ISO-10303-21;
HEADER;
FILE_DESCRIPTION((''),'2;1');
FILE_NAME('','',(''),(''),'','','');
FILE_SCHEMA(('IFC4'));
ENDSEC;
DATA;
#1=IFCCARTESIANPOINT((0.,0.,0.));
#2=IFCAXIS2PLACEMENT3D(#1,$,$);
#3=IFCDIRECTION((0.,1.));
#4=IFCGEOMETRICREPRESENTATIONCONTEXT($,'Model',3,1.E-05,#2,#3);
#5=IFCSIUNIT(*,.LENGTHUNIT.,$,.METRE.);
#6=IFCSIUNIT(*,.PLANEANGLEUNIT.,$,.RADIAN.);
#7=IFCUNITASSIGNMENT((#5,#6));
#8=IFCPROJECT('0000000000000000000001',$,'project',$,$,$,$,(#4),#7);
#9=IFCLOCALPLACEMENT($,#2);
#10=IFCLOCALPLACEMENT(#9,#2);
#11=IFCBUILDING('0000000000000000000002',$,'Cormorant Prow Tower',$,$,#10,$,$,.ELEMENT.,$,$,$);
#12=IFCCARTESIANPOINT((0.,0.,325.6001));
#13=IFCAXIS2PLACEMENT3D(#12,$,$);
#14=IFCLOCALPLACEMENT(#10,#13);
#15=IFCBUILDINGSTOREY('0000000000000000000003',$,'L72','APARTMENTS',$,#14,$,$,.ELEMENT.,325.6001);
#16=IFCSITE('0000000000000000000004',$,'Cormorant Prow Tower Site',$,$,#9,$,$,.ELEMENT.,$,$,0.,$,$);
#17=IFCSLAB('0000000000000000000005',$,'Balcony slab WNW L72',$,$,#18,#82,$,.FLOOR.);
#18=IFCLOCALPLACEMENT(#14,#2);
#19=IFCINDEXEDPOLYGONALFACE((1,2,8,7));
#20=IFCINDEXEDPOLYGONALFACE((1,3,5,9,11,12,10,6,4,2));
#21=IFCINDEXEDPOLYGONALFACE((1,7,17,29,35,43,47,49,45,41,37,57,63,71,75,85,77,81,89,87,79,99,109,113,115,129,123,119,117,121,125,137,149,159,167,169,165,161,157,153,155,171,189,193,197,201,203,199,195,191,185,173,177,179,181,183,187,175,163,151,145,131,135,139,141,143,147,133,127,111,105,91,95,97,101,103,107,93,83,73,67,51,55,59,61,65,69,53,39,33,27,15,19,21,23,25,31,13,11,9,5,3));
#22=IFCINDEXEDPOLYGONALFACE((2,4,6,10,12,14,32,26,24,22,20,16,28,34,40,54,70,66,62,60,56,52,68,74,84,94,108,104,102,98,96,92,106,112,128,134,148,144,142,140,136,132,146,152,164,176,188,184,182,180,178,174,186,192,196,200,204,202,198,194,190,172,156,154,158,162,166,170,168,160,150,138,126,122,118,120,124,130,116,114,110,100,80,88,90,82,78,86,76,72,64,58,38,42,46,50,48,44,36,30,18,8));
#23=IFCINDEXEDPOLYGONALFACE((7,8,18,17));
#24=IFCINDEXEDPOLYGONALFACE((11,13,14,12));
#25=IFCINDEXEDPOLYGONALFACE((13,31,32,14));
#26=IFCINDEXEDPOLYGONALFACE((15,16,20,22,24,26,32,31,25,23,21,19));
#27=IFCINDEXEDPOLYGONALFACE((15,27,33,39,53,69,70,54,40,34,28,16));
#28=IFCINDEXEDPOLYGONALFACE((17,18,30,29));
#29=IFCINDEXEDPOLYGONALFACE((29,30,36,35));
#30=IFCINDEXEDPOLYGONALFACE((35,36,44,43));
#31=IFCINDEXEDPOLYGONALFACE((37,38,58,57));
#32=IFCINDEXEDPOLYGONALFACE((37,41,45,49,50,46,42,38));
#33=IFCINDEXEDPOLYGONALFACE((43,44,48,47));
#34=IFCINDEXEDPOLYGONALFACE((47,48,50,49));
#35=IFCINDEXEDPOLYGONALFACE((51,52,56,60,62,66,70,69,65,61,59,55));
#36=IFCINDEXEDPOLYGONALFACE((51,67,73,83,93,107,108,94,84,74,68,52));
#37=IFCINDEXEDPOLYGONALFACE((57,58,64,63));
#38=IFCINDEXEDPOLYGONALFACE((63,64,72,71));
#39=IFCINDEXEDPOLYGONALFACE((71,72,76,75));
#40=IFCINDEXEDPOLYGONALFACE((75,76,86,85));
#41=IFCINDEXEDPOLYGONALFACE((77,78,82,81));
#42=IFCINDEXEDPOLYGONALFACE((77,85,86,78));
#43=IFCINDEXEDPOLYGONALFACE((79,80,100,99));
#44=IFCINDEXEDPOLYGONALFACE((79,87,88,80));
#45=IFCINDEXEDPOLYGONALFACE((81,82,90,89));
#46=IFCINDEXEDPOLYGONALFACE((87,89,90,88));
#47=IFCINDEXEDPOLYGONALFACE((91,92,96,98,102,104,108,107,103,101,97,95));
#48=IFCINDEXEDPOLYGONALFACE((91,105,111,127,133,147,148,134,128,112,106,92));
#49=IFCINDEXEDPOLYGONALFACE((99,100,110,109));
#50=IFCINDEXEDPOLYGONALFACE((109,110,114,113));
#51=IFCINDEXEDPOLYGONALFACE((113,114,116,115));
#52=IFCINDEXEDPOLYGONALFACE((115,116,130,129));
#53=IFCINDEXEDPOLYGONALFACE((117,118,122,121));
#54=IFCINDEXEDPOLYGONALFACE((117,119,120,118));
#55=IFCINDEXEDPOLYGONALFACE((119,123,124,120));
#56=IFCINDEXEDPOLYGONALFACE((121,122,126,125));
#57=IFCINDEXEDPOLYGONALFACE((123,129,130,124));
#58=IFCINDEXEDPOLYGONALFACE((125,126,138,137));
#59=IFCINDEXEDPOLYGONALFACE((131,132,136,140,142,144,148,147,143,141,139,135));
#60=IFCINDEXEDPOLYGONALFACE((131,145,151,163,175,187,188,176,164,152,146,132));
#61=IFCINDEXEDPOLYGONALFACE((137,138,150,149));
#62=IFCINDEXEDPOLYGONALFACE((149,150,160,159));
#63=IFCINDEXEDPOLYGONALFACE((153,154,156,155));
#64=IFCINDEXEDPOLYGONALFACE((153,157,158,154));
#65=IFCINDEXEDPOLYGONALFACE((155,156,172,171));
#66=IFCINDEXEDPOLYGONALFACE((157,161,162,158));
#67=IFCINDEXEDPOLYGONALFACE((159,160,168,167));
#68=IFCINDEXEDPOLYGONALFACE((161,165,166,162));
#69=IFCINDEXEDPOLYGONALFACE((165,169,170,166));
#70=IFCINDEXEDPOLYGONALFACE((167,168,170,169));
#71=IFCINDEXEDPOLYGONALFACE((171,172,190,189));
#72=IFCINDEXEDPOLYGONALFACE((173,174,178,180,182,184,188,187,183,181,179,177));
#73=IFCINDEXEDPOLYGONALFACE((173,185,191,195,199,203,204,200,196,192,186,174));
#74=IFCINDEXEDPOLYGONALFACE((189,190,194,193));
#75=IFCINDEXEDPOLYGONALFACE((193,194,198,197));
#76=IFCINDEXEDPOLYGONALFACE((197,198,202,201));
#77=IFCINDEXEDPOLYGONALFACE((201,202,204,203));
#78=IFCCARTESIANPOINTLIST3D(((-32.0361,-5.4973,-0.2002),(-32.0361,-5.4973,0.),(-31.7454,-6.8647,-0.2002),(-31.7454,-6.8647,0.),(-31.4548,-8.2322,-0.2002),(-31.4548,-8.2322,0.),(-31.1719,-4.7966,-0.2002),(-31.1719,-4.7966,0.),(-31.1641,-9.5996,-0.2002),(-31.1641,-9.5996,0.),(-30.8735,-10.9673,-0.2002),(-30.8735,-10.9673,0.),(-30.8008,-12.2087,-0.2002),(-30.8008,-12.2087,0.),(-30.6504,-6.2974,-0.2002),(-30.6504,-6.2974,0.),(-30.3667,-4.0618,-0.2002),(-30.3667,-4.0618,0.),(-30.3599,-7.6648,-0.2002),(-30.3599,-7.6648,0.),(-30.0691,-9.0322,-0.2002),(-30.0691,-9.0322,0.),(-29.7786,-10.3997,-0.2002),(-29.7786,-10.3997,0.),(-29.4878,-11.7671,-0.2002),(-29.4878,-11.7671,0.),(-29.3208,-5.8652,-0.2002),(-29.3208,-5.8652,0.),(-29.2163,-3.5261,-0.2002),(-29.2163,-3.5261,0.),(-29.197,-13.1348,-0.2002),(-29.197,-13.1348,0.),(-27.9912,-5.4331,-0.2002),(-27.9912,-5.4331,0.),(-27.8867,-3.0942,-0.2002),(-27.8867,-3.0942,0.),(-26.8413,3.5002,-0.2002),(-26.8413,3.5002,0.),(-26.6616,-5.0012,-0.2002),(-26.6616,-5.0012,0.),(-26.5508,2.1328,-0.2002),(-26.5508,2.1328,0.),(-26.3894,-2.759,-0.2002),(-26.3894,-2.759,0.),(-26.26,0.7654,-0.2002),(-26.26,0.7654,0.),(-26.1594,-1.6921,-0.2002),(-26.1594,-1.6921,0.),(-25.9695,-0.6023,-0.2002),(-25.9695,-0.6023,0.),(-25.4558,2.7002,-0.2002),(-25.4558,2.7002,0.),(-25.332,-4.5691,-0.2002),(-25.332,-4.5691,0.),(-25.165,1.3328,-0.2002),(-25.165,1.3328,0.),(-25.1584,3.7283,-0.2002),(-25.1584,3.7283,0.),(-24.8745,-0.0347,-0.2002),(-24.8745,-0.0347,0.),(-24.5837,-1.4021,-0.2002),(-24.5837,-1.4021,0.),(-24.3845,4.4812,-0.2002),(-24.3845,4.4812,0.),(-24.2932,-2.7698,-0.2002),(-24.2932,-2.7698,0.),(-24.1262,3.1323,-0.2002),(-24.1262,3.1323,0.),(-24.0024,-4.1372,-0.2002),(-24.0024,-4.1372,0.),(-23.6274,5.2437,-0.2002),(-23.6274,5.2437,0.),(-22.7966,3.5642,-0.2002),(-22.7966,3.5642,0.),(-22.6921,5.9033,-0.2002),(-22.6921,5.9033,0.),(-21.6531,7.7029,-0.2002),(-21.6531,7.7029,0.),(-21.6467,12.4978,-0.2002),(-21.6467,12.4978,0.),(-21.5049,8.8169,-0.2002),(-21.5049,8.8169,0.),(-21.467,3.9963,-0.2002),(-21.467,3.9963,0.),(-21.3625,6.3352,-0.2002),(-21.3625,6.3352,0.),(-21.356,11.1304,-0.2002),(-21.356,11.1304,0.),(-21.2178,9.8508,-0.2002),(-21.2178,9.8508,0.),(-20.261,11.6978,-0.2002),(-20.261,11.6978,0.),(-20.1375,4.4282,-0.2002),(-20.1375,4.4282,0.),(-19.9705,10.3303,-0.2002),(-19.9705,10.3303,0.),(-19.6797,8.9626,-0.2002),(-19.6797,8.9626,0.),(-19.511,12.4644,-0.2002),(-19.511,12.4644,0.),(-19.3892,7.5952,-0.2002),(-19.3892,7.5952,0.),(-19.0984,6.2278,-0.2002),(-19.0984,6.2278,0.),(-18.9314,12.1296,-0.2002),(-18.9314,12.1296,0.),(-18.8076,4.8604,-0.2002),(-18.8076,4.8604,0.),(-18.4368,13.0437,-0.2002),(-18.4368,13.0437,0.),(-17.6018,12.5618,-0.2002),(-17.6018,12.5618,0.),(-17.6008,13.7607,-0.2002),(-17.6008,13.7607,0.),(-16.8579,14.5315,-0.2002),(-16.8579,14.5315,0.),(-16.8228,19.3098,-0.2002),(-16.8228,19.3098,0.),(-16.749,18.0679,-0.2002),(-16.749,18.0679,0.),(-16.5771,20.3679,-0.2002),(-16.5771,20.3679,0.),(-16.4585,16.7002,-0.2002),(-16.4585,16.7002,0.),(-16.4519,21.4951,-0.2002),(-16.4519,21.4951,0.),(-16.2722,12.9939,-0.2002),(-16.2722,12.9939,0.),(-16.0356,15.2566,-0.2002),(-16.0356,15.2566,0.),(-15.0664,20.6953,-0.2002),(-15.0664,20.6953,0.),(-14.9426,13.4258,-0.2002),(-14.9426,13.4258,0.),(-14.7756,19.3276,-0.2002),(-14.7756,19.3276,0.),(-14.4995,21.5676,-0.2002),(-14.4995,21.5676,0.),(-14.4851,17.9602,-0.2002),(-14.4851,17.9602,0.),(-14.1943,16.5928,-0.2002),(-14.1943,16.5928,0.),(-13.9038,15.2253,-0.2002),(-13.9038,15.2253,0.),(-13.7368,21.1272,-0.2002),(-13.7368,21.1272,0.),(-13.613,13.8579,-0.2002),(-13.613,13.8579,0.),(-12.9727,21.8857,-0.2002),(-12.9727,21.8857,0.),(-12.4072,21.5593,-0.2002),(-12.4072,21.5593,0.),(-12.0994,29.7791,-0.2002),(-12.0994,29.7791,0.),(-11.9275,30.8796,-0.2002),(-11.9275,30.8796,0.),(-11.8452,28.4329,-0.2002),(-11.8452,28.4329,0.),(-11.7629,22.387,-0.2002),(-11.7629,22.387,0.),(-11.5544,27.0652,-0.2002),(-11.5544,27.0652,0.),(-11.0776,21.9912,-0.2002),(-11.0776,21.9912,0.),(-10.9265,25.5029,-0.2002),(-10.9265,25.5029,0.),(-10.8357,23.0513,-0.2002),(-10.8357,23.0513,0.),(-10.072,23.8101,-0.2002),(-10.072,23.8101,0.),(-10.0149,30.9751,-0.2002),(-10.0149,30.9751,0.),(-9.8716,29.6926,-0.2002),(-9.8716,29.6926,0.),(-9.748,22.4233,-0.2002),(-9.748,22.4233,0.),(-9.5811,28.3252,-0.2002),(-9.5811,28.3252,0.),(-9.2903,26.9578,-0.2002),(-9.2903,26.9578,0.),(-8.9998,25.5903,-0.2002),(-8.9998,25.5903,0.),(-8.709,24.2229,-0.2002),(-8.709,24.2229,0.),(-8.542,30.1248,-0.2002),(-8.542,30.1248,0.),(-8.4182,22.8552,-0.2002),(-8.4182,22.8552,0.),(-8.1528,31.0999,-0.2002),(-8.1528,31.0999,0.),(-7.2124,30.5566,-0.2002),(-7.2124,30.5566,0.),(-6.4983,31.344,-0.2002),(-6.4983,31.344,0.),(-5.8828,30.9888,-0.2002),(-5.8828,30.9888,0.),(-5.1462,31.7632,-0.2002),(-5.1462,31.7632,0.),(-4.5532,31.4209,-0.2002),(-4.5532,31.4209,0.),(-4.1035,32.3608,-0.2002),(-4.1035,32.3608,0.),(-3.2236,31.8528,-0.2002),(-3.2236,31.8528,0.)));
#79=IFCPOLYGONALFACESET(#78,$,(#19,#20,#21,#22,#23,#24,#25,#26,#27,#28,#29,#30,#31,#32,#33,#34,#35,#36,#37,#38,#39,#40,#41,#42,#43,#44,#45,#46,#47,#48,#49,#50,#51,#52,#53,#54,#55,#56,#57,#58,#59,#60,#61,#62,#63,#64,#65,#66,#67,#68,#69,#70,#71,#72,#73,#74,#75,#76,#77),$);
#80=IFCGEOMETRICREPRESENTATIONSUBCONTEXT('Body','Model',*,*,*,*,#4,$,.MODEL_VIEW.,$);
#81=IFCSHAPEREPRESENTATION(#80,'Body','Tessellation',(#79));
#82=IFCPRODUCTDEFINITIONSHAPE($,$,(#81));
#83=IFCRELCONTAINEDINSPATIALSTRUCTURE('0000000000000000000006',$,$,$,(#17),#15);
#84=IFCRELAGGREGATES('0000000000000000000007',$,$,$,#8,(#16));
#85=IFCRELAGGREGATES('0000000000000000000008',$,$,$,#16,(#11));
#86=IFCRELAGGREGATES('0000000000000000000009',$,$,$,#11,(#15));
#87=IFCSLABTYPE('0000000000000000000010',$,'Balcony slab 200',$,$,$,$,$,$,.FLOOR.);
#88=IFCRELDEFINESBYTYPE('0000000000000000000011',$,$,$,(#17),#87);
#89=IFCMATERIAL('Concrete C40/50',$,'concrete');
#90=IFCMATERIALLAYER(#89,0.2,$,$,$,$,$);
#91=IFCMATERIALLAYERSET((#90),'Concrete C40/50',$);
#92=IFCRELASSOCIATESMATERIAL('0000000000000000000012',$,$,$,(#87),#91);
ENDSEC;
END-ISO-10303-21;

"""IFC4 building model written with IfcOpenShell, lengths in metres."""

from ifc_helpers import new_model, si_unit, direction, frame, origin, place, context, subcontext, project, spatial, polyline, outline, extrude, material, layer, layer_set, type_object, element, save


model = new_model("IFC4")

# Units and contexts
model_context = context("Model", 3, precision=1e-05, world=origin(), true_north=direction((0.0, 1.0)))
body_context = subcontext(model_context, "Body", "Model", "MODEL_VIEW")
ifc_project = project(units=[si_unit("LENGTHUNIT", "METRE"), si_unit("PLANEANGLEUNIT", "RADIAN")], contexts=[model_context])

# Site, building, storey
site_placement = place(None, origin())
site = spatial("IfcSite", under=ifc_project, at=site_placement, Name="Cormorant Prow Tower Site", CompositionType="ELEMENT", RefElevation=0.0)
building_placement = place(site_placement, origin())
building = spatial("IfcBuilding", under=site, at=building_placement, Name="Cormorant Prow Tower", CompositionType="ELEMENT")
storey_placement = place(building_placement, frame((0.0, 0.0, 325.6001)))
storey = spatial("IfcBuildingStorey", under=building, at=storey_placement, Name="L72", Description="APARTMENTS", CompositionType="ELEMENT", Elevation=325.6001)

# Slab
ifc_material_1 = material(Name="Concrete C40/50", Category="concrete")
ifc_layer_1 = layer(ifc_material_1, 0.2)
ifc_layer_set_1 = layer_set([ifc_layer_1], Name="Concrete C40/50")
slab_type_1 = type_object("IfcSlabType", Name="Balcony slab 200", PredefinedType="FLOOR", material=ifc_layer_set_1)
slab_1_placement = place(storey_placement, frame((0.0, 0.0, -0.2002)))
element("IfcSlab", 1, at=slab_1_placement, inside=storey, type_object=slab_type_1, Name="Balcony slab WNW L72", PredefinedType="FLOOR", context=body_context, shape_type="SweptSolid", body=[
    extrude(outline(polyline([(-3.2236, 31.8528), (-4.1035, 32.3608), (-5.1462, 31.7632), (-6.4983, 31.344), (-8.1528, 31.0999), (-10.0149, 30.9751), (-11.9275, 30.8796), (-12.0994, 29.7791), (-11.8452, 28.4329), (-11.5544, 27.0652), (-10.9265, 25.5029), (-10.072, 23.8101), (-10.8357, 23.0513), (-11.7629, 22.387), (-12.9727, 21.8857), (-14.4995, 21.5676), (-16.4519, 21.4951), (-16.5771, 20.3679), (-16.8228, 19.3098), (-16.749, 18.0679), (-16.4585, 16.7002), (-16.0356, 15.2566), (-16.8579, 14.5315), (-17.6008, 13.7607), (-18.4368, 13.0437), (-19.511, 12.4644), (-21.6467, 12.4978), (-21.356, 11.1304), (-21.2178, 9.8508), (-21.5049, 8.8169), (-21.6531, 7.7029), (-21.3625, 6.3352), (-22.6921, 5.9033), (-23.6274, 5.2437), (-24.3845, 4.4812), (-25.1584, 3.7283), (-26.8413, 3.5002), (-26.5508, 2.1328), (-26.26, 0.7654), (-25.9695, -0.6023), (-26.1594, -1.6921), (-26.3894, -2.759), (-27.8867, -3.0942), (-29.2163, -3.5261), (-30.3667, -4.0618), (-31.1719, -4.7966), (-32.0361, -5.4973), (-31.7454, -6.8647), (-31.4548, -8.2322), (-31.1641, -9.5996), (-30.8735, -10.9673), (-30.8008, -12.2087), (-29.197, -13.1348), (-29.4878, -11.7671), (-29.7786, -10.3997), (-30.0691, -9.0322), (-30.3599, -7.6648), (-30.6504, -6.2974), (-29.3208, -5.8652), (-27.9912, -5.4331), (-26.6616, -5.0012), (-25.332, -4.5691), (-24.0024, -4.1372), (-24.2932, -2.7698), (-24.5837, -1.4021), (-24.8745, -0.0347), (-25.165, 1.3328), (-25.4558, 2.7002), (-24.1262, 3.1323), (-22.7966, 3.5642), (-21.467, 3.9963), (-20.1375, 4.4282), (-18.8076, 4.8604), (-19.0984, 6.2278), (-19.3892, 7.5952), (-19.6797, 8.9626), (-19.9705, 10.3303), (-20.261, 11.6978), (-18.9314, 12.1296), (-17.6018, 12.5618), (-16.2722, 12.9939), (-14.9426, 13.4258), (-13.613, 13.8579), (-13.9038, 15.2253), (-14.1943, 16.5928), (-14.4851, 17.9602), (-14.7756, 19.3276), (-15.0664, 20.6953), (-13.7368, 21.1272), (-12.4072, 21.5593), (-11.0776, 21.9912), (-9.748, 22.4233), (-8.4182, 22.8552), (-8.709, 24.2229), (-8.9998, 25.5903), (-9.2903, 26.9578), (-9.5811, 28.3252), (-9.8716, 29.6926), (-8.542, 30.1248), (-7.2124, 30.5566), (-5.8828, 30.9888), (-4.5532, 31.4209), (-3.2236, 31.8528)])), origin(), (0.0, 0.0, 1.0), 0.2002),
])

save(model, "model.ifc")
